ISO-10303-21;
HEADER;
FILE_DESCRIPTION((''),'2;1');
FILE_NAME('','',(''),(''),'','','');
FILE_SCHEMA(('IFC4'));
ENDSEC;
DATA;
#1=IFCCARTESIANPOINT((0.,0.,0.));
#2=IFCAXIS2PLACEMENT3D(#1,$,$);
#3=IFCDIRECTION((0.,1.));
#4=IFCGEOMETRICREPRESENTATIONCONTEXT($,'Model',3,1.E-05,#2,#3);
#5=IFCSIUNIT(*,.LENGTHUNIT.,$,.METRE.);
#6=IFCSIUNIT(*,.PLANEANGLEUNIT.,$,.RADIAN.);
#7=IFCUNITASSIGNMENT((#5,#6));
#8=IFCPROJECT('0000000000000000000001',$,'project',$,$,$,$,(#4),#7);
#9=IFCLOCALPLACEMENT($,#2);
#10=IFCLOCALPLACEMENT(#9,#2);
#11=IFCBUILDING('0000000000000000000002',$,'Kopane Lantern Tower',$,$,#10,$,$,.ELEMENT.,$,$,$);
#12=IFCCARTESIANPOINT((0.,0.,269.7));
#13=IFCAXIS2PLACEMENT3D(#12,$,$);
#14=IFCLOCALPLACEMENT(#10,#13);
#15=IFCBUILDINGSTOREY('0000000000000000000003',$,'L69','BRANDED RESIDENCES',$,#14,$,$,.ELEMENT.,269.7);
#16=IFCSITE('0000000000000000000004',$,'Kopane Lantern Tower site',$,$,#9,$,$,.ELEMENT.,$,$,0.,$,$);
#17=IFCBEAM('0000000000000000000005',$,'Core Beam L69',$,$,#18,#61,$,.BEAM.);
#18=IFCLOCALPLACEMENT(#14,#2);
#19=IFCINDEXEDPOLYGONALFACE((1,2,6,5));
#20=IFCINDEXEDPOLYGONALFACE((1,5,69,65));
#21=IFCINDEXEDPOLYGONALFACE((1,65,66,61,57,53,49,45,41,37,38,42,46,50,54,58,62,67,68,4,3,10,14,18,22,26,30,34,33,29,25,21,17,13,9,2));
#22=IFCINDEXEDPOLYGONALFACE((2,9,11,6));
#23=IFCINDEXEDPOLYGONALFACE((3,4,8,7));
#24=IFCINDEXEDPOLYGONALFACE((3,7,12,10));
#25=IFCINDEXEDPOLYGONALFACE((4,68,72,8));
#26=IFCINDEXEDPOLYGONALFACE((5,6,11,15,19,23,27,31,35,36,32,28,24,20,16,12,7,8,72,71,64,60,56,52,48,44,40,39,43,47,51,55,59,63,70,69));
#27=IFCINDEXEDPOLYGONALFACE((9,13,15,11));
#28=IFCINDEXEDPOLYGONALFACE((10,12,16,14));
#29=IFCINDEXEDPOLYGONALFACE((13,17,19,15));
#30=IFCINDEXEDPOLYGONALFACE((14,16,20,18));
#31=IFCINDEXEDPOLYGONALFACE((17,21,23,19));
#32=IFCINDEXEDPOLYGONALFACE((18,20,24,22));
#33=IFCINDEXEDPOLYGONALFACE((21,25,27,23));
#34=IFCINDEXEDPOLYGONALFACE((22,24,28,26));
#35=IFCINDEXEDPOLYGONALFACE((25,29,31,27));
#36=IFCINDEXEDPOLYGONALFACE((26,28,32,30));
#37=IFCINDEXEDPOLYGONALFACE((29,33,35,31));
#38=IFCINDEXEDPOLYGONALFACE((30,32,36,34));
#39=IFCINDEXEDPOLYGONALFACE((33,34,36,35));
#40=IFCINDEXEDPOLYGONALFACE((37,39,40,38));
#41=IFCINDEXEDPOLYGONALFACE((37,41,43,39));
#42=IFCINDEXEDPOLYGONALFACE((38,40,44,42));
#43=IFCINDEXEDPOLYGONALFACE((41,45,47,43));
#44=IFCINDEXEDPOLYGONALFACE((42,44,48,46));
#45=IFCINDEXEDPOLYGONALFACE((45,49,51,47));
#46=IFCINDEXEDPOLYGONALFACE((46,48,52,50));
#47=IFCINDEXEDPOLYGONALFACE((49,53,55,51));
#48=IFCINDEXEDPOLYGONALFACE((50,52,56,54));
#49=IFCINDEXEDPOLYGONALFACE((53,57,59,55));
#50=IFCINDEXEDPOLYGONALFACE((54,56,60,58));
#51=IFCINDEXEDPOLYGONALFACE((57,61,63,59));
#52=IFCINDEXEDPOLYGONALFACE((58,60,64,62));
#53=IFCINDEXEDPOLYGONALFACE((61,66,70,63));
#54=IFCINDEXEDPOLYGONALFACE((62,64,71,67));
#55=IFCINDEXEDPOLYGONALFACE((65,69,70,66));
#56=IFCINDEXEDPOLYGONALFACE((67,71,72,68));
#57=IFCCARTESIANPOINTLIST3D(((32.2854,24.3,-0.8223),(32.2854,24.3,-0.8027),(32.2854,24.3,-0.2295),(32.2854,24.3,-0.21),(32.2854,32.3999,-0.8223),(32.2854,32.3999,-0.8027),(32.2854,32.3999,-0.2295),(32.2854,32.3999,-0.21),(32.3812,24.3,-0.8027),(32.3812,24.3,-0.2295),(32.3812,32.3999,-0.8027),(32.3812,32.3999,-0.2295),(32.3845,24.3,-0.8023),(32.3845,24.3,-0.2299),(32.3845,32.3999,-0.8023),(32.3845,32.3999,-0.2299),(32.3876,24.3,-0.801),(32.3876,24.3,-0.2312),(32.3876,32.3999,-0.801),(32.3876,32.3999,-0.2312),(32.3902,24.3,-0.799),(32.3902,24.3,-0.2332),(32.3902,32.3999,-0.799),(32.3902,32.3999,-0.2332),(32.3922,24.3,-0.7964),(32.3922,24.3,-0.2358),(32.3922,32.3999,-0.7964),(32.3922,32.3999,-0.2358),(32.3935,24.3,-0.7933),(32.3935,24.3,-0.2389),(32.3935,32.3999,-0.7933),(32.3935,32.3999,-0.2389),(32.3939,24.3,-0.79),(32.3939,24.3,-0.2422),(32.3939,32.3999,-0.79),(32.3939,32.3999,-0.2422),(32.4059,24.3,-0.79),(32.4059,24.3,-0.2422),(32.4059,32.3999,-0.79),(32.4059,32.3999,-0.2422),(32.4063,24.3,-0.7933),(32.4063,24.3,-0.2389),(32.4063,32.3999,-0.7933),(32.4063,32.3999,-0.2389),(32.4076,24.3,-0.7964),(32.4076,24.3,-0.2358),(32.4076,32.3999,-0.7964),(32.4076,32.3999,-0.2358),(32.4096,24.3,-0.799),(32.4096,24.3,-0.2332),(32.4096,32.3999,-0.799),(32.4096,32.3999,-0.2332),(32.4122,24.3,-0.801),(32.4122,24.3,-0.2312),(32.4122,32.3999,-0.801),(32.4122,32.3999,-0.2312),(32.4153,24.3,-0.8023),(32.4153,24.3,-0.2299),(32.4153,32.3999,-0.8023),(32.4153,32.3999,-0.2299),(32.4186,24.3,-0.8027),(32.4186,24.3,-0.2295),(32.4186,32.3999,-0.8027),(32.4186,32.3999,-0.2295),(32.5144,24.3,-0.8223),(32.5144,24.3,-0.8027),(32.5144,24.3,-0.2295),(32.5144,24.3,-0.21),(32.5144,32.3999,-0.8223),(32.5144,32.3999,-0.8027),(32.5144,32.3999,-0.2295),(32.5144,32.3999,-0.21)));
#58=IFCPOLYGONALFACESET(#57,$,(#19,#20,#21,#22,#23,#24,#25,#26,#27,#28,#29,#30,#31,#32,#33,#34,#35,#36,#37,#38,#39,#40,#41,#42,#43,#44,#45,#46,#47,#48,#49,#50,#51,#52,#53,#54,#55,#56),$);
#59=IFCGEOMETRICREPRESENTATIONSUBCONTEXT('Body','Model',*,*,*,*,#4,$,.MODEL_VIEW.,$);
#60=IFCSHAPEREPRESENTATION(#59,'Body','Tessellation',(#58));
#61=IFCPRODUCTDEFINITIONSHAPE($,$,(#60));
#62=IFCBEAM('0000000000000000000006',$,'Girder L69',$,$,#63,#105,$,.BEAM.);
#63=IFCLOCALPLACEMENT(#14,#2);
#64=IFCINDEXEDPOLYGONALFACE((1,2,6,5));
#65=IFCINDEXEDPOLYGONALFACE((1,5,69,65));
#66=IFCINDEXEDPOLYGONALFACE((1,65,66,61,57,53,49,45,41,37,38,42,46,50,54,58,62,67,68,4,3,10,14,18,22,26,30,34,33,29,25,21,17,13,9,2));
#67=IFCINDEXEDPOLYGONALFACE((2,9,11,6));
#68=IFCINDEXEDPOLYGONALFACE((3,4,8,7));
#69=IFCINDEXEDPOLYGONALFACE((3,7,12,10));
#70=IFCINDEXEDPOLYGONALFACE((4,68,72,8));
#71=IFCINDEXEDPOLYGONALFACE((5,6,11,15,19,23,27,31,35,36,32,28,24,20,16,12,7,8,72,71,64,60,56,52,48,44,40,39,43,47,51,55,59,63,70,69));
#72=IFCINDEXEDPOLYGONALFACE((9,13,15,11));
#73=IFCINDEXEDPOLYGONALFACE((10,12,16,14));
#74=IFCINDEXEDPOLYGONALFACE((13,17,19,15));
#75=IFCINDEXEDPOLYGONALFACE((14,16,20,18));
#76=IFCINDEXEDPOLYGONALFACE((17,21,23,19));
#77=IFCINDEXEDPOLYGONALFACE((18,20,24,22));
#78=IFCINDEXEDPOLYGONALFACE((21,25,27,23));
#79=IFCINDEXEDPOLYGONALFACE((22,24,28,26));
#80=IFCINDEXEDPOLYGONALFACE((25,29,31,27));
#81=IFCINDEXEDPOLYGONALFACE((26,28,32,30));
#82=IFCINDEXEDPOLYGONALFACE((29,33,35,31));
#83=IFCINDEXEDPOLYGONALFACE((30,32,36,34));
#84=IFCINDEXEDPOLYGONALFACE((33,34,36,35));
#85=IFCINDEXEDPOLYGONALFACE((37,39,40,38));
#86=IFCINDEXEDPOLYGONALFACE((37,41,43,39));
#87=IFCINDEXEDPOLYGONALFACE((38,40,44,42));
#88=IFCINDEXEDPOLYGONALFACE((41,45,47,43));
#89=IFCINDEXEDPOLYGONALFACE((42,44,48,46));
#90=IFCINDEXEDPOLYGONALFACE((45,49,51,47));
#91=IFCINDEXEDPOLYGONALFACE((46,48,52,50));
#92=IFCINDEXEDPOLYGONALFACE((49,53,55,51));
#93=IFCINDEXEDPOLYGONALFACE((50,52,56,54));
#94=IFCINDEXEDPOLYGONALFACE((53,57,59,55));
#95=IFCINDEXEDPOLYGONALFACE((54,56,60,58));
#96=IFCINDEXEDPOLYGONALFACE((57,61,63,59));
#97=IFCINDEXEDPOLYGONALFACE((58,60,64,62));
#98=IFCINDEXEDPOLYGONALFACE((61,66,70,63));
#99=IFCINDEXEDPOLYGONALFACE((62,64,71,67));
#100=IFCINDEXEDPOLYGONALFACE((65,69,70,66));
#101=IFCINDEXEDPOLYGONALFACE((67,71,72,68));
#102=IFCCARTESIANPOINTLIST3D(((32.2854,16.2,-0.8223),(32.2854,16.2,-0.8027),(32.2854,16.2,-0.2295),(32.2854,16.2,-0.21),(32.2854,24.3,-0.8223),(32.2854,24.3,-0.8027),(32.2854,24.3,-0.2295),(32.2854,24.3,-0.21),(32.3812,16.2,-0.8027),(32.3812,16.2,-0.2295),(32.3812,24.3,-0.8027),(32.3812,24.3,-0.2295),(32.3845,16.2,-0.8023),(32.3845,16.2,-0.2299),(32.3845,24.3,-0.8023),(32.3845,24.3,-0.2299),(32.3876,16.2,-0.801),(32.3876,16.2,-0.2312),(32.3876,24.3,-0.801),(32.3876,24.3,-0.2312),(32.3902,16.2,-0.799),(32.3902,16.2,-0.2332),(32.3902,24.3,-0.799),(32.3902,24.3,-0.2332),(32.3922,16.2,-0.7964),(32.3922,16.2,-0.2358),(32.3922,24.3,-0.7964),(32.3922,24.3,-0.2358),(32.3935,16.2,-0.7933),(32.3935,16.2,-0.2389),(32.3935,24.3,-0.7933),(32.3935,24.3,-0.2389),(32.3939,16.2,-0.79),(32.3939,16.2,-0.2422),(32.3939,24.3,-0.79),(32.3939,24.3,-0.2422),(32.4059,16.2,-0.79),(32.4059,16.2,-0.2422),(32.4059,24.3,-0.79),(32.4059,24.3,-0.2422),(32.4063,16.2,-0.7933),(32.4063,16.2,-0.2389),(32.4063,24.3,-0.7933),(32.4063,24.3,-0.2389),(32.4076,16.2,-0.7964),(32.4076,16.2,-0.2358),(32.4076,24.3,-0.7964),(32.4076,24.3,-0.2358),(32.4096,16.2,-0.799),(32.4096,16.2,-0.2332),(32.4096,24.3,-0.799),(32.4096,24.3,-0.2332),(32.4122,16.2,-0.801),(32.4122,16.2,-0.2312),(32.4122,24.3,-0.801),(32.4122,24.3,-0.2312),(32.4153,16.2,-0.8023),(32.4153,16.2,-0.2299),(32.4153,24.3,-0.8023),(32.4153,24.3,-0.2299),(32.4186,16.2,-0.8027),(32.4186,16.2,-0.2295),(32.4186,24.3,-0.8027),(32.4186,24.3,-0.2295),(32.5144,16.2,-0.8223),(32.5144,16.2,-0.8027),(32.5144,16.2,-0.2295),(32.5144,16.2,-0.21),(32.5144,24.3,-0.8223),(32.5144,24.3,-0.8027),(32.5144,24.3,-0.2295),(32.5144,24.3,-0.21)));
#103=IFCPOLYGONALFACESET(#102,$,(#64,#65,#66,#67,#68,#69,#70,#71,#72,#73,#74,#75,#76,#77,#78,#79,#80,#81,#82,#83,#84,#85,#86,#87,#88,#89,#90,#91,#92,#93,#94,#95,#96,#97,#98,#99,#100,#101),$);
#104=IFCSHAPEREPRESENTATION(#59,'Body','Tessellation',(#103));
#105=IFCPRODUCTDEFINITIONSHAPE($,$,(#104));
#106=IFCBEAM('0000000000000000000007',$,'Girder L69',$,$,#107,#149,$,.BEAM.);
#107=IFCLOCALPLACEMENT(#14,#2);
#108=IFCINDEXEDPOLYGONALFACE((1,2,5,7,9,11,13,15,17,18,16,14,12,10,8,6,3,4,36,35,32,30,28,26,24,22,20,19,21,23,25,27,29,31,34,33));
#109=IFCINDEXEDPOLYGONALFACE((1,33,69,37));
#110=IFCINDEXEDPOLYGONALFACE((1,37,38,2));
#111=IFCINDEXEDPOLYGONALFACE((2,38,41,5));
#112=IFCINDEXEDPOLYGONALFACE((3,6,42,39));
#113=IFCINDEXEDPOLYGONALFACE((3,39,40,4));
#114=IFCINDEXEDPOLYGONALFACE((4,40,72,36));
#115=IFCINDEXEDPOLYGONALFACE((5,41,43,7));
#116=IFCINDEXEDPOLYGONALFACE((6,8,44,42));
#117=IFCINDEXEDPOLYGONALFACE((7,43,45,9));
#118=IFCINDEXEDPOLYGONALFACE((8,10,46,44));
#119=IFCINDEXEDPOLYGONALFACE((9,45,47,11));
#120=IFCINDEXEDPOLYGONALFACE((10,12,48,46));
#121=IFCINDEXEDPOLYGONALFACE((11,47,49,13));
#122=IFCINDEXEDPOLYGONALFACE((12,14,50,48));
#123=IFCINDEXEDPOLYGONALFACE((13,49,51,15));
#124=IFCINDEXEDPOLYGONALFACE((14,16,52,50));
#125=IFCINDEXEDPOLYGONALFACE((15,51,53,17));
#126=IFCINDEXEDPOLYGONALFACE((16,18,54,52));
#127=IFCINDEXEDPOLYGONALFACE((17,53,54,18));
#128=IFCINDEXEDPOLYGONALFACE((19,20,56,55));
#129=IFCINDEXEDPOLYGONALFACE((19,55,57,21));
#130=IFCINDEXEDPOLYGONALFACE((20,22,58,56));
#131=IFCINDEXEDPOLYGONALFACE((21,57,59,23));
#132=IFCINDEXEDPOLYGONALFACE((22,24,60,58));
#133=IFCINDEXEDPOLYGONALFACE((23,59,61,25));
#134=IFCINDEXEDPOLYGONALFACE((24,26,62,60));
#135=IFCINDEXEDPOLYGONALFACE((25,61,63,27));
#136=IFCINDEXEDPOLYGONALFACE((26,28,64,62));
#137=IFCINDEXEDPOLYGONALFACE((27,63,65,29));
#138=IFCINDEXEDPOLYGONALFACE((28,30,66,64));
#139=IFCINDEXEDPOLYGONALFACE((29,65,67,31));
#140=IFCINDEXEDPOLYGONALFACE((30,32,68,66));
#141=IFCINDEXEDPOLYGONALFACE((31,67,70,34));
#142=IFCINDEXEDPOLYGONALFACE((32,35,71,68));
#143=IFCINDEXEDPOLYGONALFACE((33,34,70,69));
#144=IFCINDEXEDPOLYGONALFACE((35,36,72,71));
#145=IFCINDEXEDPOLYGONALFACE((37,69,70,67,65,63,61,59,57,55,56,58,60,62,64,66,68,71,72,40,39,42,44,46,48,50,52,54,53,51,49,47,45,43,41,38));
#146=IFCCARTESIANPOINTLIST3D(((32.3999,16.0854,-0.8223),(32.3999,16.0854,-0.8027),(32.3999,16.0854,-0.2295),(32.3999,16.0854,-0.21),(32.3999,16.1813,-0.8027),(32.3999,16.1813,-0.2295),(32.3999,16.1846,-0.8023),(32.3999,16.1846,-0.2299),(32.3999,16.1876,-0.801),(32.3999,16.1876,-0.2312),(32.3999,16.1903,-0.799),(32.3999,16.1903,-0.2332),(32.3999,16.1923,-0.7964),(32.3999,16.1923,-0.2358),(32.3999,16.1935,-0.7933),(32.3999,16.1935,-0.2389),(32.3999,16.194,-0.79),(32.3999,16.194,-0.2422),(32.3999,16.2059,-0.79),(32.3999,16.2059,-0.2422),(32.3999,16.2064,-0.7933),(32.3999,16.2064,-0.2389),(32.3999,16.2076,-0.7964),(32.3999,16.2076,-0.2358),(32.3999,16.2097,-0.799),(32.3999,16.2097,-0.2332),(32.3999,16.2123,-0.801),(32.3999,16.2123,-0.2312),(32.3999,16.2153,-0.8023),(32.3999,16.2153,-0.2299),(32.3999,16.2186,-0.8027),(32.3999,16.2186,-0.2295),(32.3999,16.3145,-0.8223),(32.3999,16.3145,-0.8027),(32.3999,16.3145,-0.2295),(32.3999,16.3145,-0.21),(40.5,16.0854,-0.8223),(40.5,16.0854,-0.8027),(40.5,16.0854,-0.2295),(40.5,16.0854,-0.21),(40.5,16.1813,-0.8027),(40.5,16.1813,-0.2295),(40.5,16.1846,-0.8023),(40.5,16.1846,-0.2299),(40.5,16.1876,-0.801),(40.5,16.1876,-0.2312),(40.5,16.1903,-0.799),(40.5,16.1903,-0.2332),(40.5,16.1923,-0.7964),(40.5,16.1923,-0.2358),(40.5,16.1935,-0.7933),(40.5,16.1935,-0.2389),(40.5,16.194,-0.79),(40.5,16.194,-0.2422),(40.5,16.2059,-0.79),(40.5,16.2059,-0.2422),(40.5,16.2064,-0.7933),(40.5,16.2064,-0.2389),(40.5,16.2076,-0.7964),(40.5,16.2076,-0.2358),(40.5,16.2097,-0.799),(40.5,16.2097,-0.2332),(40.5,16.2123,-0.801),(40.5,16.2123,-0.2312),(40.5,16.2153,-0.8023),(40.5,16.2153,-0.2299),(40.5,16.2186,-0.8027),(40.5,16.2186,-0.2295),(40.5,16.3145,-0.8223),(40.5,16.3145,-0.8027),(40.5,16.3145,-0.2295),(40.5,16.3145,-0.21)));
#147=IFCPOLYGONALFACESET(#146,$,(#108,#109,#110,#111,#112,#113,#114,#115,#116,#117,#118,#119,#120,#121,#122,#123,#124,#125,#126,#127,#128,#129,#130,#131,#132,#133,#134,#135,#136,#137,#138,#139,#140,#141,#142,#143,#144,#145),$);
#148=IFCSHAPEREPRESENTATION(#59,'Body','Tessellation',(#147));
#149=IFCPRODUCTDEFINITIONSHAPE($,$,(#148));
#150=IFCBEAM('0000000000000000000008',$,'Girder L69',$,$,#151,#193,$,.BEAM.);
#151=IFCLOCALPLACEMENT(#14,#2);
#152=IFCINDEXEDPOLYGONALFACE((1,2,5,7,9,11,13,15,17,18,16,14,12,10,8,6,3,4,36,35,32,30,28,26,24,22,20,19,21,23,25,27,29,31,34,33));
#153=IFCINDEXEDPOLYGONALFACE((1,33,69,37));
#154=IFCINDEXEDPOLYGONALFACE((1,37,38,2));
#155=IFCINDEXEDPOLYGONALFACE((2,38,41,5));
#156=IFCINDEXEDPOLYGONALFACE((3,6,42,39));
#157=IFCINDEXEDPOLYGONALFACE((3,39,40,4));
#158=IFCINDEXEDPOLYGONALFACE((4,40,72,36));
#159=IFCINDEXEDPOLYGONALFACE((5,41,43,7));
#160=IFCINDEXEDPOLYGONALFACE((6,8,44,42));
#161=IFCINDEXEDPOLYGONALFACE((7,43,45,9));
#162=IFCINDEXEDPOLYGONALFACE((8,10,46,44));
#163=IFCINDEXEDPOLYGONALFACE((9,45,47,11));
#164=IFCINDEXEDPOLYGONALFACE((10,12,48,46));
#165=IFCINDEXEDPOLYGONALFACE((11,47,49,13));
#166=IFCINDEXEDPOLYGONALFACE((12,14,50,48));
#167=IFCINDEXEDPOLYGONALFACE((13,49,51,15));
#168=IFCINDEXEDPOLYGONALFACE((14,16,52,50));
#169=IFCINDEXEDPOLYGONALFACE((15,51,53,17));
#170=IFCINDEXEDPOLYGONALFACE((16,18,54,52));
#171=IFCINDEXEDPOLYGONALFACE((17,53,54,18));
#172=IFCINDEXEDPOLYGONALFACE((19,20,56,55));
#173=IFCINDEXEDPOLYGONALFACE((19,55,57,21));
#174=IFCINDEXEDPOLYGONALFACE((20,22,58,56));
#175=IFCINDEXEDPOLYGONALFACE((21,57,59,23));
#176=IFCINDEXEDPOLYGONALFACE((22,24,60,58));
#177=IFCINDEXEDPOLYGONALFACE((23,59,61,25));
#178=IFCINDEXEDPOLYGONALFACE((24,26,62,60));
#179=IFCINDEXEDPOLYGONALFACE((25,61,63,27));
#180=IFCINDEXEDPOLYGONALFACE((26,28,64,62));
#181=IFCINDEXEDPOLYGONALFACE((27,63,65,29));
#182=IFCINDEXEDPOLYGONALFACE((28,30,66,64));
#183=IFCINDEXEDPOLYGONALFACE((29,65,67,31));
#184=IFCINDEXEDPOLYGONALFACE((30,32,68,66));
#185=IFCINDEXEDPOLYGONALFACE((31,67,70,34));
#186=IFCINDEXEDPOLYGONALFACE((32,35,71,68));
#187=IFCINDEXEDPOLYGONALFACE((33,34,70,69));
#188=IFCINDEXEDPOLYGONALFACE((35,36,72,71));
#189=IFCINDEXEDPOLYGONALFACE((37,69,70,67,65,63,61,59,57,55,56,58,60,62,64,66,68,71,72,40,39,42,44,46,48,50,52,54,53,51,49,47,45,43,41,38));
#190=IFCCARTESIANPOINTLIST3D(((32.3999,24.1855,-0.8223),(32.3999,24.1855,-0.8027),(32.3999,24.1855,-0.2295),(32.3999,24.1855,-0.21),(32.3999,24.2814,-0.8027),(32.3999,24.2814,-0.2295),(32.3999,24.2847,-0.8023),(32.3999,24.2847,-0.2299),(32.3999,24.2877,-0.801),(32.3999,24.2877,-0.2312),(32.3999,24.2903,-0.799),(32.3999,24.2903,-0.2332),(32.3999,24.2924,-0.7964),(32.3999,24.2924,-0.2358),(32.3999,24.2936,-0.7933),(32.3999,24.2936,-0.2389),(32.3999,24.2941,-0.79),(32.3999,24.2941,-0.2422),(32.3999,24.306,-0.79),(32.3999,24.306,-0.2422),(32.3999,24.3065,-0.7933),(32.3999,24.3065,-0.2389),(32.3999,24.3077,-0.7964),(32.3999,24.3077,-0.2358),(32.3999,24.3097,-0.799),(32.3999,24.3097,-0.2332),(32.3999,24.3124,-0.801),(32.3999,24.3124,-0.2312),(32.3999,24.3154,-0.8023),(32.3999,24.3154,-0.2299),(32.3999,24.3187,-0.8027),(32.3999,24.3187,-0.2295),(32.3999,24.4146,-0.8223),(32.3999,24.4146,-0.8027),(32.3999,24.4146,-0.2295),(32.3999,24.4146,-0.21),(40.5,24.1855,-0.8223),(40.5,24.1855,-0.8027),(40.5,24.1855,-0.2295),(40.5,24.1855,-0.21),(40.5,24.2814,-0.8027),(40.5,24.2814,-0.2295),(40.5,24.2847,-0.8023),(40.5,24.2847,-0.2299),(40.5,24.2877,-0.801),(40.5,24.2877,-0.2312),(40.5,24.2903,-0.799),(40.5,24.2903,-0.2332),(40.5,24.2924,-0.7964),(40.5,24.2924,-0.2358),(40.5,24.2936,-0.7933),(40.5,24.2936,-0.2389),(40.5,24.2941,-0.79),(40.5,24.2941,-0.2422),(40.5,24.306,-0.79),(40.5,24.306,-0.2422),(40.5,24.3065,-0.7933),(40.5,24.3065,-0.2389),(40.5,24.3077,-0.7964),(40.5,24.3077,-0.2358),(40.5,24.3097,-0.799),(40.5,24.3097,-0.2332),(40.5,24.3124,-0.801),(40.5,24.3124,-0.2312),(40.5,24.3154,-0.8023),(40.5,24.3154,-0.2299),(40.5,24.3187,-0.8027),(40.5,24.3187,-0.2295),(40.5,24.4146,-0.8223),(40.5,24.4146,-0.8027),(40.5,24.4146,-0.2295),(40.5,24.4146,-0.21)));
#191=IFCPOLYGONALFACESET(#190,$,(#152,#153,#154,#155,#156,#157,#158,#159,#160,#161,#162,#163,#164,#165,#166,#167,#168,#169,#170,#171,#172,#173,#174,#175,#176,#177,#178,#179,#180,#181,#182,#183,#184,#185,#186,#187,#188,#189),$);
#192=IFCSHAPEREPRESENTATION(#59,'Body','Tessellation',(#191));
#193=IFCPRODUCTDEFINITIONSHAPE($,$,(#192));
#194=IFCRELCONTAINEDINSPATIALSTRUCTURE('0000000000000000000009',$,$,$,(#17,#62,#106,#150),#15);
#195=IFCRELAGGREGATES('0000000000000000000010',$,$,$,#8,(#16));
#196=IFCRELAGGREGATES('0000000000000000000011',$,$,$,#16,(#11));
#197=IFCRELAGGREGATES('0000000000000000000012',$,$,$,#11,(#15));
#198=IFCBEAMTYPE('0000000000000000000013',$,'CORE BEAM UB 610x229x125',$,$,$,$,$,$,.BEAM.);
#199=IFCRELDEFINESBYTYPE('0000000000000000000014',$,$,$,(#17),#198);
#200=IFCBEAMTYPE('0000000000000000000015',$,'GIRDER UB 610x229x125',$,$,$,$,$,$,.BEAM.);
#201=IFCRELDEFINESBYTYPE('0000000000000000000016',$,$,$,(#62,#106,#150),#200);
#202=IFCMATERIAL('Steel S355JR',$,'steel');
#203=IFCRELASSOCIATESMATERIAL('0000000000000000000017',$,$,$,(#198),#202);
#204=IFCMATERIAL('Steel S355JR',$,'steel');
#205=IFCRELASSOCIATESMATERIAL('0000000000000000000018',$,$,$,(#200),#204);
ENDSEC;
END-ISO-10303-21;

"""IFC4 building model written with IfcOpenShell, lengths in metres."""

from ifc_helpers import new_model, si_unit, direction, frame, origin, origin_2d, place, context, subcontext, project, spatial, i_section, extrude, material, material_profile, profile_set, type_object, element, save


model = new_model("IFC4")

# Units and contexts
model_context = context("Model", 3, precision=1e-05, world=origin(), true_north=direction((0.0, 1.0)))
body_context = subcontext(model_context, "Body", "Model", "MODEL_VIEW")
ifc_project = project(units=[si_unit("LENGTHUNIT", "METRE"), si_unit("PLANEANGLEUNIT", "RADIAN")], contexts=[model_context])

# Site, building, storey
site_placement = place(None, origin())
site = spatial("IfcSite", under=ifc_project, at=site_placement, Name="Kopane Lantern Tower site", CompositionType="ELEMENT", RefElevation=0.0)
building_placement = place(site_placement, origin())
building = spatial("IfcBuilding", under=site, at=building_placement, Name="Kopane Lantern Tower", CompositionType="ELEMENT")
storey_placement = place(building_placement, frame((0.0, 0.0, 269.7)))
storey = spatial("IfcBuildingStorey", under=building, at=storey_placement, Name="L69", Description="BRANDED RESIDENCES", CompositionType="ELEMENT", Elevation=269.7)

# Beams
ifc_material_1 = material(Name="Steel S355JR", Category="steel")
ifc_material_profile_1 = material_profile(ifc_material_1, i_section(OverallWidth=0.229, OverallDepth=0.6123, WebThickness=0.012, FlangeThickness=0.0195, FilletRadius=0.0127, at=origin_2d()), Name="UB 610x229x125")
ifc_profile_set_1 = profile_set([ifc_material_profile_1], Name="Steel S355JR")
beam_type_1 = type_object("IfcBeamType", Name="CORE BEAM UB 610x229x125", PredefinedType="BEAM", material=ifc_profile_set_1)
beam_placement = place(storey_placement, frame((32.3999, 24.3, -0.5161), z_axis=(0.0, 1.0, 0.0), x_axis=(-1.0, 0.0, 0.0)))
element("IfcBeam", 1, at=beam_placement, inside=storey, type_object=beam_type_1, Name="Core Beam L69", PredefinedType="BEAM", context=body_context, shape_type="SweptSolid", body=[
    extrude(i_section(OverallWidth=0.229, OverallDepth=0.6123, WebThickness=0.012, FlangeThickness=0.0195, FilletRadius=0.0127, at=origin_2d()), origin(), (0.0, 0.0, 1.0), 8.0999),
])
ifc_material_2 = material(Name="Steel S355JR", Category="steel")
ifc_material_profile_2 = material_profile(ifc_material_2, i_section(OverallWidth=0.229, OverallDepth=0.6123, WebThickness=0.012, FlangeThickness=0.0195, FilletRadius=0.0127, at=origin_2d()), Name="UB 610x229x125")
ifc_profile_set_2 = profile_set([ifc_material_profile_2], Name="Steel S355JR")
beam_type_2 = type_object("IfcBeamType", Name="GIRDER UB 610x229x125", PredefinedType="BEAM", material=ifc_profile_set_2)
for number, where, z_axis, x_axis, name in (
    (2, (32.3999, 16.2, -0.5161), (0.0, 1.0, 0.0), (-1.0, 0.0, 0.0), "Girder L69"),
    (3, (32.3999, 16.2, -0.5161), (1.0, 0.0, 0.0), (0.0, 1.0, 0.0), "Girder L69"),
    (4, (32.3999, 24.3, -0.5161), (1.0, 0.0, 0.0), (0.0, 1.0, 0.0), "Girder L69"),
):
    element("IfcBeam", number, at=place(storey_placement, frame(where, z_axis=z_axis, x_axis=x_axis)), inside=storey, type_object=beam_type_2, Name=name, PredefinedType="BEAM", context=body_context, shape_type="SweptSolid", body=[
        extrude(i_section(OverallWidth=0.229, OverallDepth=0.6123, WebThickness=0.012, FlangeThickness=0.0195, FilletRadius=0.0127, at=origin_2d()), origin(), (0.0, 0.0, 1.0), 8.1001),
    ])

save(model, "model.ifc")
